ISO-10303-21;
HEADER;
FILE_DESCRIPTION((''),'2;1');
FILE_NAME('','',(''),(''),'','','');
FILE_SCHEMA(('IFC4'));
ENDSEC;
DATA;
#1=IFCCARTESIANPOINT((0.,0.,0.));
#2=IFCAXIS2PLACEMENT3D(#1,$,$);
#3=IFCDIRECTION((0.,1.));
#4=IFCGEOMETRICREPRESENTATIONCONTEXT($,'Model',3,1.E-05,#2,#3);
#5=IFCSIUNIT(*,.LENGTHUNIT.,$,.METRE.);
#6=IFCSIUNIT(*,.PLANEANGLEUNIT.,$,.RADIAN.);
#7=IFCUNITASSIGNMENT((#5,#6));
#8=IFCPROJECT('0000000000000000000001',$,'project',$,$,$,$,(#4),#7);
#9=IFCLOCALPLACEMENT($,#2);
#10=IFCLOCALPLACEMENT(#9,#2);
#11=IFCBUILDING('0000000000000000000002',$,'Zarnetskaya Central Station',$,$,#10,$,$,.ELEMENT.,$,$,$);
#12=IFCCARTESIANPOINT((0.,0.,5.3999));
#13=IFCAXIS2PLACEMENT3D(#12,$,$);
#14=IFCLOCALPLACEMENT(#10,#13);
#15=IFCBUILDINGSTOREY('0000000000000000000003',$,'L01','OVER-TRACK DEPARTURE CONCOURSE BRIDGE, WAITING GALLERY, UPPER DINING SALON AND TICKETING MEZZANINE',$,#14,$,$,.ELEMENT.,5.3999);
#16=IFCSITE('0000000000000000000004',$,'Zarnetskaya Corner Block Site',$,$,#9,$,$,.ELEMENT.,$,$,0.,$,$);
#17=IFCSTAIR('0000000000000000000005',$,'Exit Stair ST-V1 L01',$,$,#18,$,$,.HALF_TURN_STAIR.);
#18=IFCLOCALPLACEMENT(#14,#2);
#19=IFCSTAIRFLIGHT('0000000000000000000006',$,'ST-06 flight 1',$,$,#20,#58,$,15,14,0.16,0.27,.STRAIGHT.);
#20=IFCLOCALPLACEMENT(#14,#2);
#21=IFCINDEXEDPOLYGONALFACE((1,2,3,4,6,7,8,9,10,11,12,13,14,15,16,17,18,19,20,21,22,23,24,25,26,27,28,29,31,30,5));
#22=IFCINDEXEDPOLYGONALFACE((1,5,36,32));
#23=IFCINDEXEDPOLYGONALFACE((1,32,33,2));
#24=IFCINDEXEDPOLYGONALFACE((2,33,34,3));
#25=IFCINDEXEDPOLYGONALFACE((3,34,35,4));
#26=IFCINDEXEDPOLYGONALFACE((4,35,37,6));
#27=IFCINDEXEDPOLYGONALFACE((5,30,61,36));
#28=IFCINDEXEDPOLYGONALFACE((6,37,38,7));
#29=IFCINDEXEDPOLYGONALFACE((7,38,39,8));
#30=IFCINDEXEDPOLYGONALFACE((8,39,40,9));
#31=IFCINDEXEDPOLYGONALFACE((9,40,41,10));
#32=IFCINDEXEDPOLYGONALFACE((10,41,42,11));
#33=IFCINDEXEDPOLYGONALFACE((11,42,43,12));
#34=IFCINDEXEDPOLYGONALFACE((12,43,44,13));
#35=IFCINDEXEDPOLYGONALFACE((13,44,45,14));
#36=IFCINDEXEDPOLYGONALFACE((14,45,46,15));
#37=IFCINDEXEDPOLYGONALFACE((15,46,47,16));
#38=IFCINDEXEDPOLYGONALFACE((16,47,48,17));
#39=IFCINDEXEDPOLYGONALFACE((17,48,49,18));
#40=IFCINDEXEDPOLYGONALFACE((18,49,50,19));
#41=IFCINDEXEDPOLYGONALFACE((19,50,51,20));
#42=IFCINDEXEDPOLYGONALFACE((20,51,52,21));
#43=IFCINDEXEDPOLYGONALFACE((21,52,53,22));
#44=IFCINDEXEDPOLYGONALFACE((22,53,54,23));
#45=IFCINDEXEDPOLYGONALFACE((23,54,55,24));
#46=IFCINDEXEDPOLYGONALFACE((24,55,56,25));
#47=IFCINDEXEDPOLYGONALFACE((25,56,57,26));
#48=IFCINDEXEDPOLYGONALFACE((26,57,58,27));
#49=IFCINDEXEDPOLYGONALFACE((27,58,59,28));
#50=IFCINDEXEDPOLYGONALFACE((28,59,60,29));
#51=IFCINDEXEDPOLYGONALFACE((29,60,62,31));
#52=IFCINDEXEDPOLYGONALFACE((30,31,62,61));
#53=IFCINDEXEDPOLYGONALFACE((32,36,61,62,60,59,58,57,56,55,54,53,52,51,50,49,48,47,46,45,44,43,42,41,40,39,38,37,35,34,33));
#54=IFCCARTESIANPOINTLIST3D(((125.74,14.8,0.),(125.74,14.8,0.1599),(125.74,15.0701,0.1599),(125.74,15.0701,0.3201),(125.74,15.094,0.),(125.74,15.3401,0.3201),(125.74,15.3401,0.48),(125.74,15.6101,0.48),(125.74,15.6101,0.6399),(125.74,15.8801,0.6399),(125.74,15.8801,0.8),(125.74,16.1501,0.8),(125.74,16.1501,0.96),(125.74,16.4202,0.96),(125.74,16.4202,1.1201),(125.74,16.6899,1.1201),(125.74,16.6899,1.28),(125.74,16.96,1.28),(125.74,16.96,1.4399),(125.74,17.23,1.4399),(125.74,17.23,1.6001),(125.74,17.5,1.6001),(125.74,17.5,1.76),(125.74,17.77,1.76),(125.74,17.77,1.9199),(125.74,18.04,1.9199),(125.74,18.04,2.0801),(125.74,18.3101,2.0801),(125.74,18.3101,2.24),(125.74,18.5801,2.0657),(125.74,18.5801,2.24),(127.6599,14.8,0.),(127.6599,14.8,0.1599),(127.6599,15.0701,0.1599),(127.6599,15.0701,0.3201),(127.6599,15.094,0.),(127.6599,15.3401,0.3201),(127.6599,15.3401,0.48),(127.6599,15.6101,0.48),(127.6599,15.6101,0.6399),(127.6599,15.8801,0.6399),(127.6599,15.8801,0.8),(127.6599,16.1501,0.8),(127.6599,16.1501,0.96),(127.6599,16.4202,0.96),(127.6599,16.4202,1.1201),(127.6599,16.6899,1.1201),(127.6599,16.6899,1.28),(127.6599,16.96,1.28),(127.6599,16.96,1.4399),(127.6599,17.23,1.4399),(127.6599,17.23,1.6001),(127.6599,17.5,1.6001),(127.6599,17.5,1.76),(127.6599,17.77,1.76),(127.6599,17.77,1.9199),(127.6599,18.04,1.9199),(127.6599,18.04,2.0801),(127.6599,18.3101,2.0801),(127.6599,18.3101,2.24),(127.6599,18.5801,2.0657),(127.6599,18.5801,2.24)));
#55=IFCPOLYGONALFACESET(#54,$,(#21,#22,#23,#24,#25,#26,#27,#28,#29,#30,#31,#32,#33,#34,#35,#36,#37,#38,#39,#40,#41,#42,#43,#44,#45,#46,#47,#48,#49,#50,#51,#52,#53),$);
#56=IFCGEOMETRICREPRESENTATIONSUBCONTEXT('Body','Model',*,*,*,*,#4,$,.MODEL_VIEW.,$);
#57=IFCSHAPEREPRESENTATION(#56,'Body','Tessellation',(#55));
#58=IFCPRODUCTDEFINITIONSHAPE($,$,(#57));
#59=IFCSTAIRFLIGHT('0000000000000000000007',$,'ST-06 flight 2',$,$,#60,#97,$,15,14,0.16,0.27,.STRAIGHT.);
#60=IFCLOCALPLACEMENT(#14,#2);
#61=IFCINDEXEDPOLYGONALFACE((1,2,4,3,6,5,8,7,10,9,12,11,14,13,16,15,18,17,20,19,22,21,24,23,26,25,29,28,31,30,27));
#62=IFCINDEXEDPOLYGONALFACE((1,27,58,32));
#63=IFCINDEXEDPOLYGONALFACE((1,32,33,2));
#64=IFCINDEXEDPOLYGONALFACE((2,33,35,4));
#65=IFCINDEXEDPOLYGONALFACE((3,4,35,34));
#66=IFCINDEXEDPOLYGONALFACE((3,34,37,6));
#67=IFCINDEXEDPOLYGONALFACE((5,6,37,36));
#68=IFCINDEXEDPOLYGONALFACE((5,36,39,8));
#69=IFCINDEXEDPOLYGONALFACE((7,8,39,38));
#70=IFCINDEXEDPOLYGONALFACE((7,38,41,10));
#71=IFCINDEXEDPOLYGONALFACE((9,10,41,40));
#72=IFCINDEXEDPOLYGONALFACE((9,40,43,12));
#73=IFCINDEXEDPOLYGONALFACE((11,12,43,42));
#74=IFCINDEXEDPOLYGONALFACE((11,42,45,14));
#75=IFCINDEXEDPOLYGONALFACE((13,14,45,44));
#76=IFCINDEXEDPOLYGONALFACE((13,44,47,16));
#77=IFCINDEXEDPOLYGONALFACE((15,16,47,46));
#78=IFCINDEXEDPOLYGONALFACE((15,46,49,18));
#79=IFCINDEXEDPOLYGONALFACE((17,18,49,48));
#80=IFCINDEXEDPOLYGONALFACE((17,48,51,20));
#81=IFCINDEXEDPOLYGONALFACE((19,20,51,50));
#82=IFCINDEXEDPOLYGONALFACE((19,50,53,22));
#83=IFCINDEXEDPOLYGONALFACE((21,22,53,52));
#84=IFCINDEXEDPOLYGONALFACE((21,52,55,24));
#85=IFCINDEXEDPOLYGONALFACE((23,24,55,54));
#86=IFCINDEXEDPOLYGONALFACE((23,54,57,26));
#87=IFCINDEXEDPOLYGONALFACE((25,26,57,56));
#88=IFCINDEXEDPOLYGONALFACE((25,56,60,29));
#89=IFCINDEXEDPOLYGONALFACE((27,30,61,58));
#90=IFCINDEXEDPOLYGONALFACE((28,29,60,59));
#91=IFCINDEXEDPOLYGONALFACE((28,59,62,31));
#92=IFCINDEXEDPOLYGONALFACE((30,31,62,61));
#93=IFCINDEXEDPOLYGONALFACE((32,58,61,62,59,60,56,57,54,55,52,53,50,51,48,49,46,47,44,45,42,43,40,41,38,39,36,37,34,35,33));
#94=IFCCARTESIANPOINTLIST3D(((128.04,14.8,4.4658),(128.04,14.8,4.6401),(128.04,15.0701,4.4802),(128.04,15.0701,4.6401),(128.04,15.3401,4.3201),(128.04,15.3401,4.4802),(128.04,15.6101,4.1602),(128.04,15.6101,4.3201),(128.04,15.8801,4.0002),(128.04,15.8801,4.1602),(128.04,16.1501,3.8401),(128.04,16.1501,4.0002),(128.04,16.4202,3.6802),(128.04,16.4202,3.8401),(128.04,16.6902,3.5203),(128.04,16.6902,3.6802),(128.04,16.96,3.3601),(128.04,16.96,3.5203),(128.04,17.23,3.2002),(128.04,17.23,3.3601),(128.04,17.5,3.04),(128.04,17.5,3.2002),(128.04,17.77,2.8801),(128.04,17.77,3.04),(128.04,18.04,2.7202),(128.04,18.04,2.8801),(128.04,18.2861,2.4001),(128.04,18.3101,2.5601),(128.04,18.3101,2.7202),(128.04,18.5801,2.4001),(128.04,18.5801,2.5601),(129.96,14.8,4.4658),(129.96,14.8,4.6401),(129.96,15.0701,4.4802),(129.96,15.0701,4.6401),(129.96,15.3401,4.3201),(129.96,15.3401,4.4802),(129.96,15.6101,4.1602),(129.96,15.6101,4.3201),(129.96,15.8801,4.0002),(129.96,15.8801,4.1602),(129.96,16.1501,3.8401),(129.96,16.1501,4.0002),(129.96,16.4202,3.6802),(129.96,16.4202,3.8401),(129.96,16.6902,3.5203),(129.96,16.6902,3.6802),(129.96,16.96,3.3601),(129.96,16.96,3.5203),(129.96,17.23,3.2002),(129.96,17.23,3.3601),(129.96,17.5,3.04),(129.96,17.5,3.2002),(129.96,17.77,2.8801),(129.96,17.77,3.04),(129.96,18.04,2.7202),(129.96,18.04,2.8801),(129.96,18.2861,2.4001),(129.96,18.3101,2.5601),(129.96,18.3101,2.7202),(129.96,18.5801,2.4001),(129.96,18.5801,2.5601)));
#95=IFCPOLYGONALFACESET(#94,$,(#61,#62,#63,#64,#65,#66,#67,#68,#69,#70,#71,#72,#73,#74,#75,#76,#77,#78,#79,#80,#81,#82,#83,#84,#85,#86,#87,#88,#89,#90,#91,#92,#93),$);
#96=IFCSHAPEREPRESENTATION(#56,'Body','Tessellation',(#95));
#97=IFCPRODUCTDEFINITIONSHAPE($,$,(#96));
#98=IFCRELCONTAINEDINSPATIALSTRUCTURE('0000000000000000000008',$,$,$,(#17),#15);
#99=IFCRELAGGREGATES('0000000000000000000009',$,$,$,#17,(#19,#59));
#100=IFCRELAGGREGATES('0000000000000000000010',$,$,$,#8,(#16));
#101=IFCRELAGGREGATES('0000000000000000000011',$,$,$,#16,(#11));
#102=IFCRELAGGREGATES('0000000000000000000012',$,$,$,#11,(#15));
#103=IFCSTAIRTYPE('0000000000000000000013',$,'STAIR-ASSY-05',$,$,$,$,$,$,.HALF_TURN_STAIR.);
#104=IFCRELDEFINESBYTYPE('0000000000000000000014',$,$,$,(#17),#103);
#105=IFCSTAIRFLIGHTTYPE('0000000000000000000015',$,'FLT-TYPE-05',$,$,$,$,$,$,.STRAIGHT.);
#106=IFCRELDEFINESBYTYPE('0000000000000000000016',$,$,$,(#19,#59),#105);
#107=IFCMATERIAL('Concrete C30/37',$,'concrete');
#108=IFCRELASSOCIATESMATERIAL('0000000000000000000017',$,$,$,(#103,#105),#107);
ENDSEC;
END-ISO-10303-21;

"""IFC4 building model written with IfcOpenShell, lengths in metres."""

from ifc_helpers import new_model, si_unit, direction, frame, origin, place, context, subcontext, project, spatial, polyline, outline, extrude, material, type_object, element, aggregate, save


model = new_model("IFC4")

# Units and contexts
model_context = context("Model", 3, precision=1e-05, world=origin(), true_north=direction((0.0, 1.0)))
body_context = subcontext(model_context, "Body", "Model", "MODEL_VIEW")
ifc_project = project(units=[si_unit("LENGTHUNIT", "METRE"), si_unit("PLANEANGLEUNIT", "RADIAN")], contexts=[model_context])

# Site, building, storey
site_placement = place(None, origin())
site = spatial("IfcSite", under=ifc_project, at=site_placement, Name="Zarnetskaya Corner Block Site", CompositionType="ELEMENT", RefElevation=0.0)
building_placement = place(site_placement, origin())
building = spatial("IfcBuilding", under=site, at=building_placement, Name="Zarnetskaya Central Station", CompositionType="ELEMENT")
storey_placement = place(building_placement, frame((0.0, 0.0, 5.3999)))
storey = spatial("IfcBuildingStorey", under=building, at=storey_placement, Name="L01", Description="OVER-TRACK DEPARTURE CONCOURSE BRIDGE, WAITING GALLERY, UPPER DINING SALON AND TICKETING MEZZANINE", CompositionType="ELEMENT", Elevation=5.3999)

# Stair, stair flights
ifc_material_1 = material(Name="Concrete C30/37", Category="concrete")
stair_type = type_object("IfcStairType", Name="STAIR-ASSY-05", PredefinedType="HALF_TURN_STAIR", material=ifc_material_1)
stair_placement = place(storey_placement, origin())
stair = element("IfcStair", 1, at=stair_placement, inside=storey, type_object=stair_type, Name="Exit Stair ST-V1 L01", PredefinedType="HALF_TURN_STAIR")
stair_flight_type = type_object("IfcStairFlightType", Name="FLT-TYPE-05", PredefinedType="STRAIGHT", material=ifc_material_1)
stair_flight_1_placement = place(storey_placement, frame((126.7, 14.8, 0.0), z_axis=(0.0, 0.0, 1.0), x_axis=(0.0, 1.0, 0.0)))
stair_flight_1 = element("IfcStairFlight", 2, at=stair_flight_1_placement, type_object=stair_flight_type, Name="ST-06 flight 1", NumberOfRisers=15, NumberOfTreads=14, PredefinedType="STRAIGHT", RiserHeight=0.16, TreadLength=0.27, context=body_context, shape_type="SweptSolid", body=[
    extrude(outline(polyline([(0.0, 0.0), (0.0, 0.1599), (0.27, 0.1599), (0.27, 0.3201), (0.54, 0.3201), (0.54, 0.48), (0.8101, 0.48), (0.8101, 0.6399), (1.0801, 0.6399), (1.0801, 0.8), (1.3501, 0.8), (1.3501, 0.96), (1.6201, 0.96), (1.6201, 1.1201), (1.8899, 1.1201), (1.8899, 1.28), (2.1599, 1.28), (2.1599, 1.4399), (2.4299, 1.4399), (2.4299, 1.6001), (2.7, 1.6001), (2.7, 1.76), (2.97, 1.76), (2.97, 1.9199), (3.24, 1.9199), (3.24, 2.0801), (3.51, 2.0801), (3.51, 2.24), (3.78, 2.24), (3.78, 2.3999), (3.78, 2.0657), (0.2939, 0.0), (0.0, 0.0)])), frame((0.0, 0.96, 0.0), z_axis=(0.0, -1.0, 0.0), x_axis=(1.0, 0.0, 0.0)), (0.0, 0.0, 1.0), 1.9199),
])
stair_flight_2_placement = place(storey_placement, frame((129.0, 18.5801, 2.4001), z_axis=(0.0, 0.0, 1.0), x_axis=(0.0, -1.0, 0.0)))
stair_flight_2 = element("IfcStairFlight", 3, at=stair_flight_2_placement, type_object=stair_flight_type, Name="ST-06 flight 2", NumberOfRisers=15, NumberOfTreads=14, PredefinedType="STRAIGHT", RiserHeight=0.16, TreadLength=0.27, context=body_context, shape_type="SweptSolid", body=[
    extrude(outline(polyline([(0.0, 0.0), (0.0, 0.1599), (0.27, 0.1599), (0.27, 0.3201), (0.54, 0.3201), (0.54, 0.48), (0.8101, 0.48), (0.8101, 0.6399), (1.0801, 0.6399), (1.0801, 0.8), (1.3501, 0.8), (1.3501, 0.96), (1.6201, 0.96), (1.6201, 1.1201), (1.8899, 1.1201), (1.8899, 1.28), (2.1599, 1.28), (2.1599, 1.4399), (2.4299, 1.4399), (2.4299, 1.6001), (2.7, 1.6001), (2.7, 1.76), (2.97, 1.76), (2.97, 1.9199), (3.24, 1.9199), (3.24, 2.0801), (3.51, 2.0801), (3.51, 2.24), (3.78, 2.24), (3.78, 2.3999), (3.78, 2.0657), (0.2939, 0.0), (0.0, 0.0)])), frame((0.0, 0.96, 0.0), z_axis=(0.0, -1.0, 0.0), x_axis=(1.0, 0.0, 0.0)), (0.0, 0.0, 1.0), 1.9199),
])
aggregate(stair, [stair_flight_1, stair_flight_2])

save(model, "model.ifc")
